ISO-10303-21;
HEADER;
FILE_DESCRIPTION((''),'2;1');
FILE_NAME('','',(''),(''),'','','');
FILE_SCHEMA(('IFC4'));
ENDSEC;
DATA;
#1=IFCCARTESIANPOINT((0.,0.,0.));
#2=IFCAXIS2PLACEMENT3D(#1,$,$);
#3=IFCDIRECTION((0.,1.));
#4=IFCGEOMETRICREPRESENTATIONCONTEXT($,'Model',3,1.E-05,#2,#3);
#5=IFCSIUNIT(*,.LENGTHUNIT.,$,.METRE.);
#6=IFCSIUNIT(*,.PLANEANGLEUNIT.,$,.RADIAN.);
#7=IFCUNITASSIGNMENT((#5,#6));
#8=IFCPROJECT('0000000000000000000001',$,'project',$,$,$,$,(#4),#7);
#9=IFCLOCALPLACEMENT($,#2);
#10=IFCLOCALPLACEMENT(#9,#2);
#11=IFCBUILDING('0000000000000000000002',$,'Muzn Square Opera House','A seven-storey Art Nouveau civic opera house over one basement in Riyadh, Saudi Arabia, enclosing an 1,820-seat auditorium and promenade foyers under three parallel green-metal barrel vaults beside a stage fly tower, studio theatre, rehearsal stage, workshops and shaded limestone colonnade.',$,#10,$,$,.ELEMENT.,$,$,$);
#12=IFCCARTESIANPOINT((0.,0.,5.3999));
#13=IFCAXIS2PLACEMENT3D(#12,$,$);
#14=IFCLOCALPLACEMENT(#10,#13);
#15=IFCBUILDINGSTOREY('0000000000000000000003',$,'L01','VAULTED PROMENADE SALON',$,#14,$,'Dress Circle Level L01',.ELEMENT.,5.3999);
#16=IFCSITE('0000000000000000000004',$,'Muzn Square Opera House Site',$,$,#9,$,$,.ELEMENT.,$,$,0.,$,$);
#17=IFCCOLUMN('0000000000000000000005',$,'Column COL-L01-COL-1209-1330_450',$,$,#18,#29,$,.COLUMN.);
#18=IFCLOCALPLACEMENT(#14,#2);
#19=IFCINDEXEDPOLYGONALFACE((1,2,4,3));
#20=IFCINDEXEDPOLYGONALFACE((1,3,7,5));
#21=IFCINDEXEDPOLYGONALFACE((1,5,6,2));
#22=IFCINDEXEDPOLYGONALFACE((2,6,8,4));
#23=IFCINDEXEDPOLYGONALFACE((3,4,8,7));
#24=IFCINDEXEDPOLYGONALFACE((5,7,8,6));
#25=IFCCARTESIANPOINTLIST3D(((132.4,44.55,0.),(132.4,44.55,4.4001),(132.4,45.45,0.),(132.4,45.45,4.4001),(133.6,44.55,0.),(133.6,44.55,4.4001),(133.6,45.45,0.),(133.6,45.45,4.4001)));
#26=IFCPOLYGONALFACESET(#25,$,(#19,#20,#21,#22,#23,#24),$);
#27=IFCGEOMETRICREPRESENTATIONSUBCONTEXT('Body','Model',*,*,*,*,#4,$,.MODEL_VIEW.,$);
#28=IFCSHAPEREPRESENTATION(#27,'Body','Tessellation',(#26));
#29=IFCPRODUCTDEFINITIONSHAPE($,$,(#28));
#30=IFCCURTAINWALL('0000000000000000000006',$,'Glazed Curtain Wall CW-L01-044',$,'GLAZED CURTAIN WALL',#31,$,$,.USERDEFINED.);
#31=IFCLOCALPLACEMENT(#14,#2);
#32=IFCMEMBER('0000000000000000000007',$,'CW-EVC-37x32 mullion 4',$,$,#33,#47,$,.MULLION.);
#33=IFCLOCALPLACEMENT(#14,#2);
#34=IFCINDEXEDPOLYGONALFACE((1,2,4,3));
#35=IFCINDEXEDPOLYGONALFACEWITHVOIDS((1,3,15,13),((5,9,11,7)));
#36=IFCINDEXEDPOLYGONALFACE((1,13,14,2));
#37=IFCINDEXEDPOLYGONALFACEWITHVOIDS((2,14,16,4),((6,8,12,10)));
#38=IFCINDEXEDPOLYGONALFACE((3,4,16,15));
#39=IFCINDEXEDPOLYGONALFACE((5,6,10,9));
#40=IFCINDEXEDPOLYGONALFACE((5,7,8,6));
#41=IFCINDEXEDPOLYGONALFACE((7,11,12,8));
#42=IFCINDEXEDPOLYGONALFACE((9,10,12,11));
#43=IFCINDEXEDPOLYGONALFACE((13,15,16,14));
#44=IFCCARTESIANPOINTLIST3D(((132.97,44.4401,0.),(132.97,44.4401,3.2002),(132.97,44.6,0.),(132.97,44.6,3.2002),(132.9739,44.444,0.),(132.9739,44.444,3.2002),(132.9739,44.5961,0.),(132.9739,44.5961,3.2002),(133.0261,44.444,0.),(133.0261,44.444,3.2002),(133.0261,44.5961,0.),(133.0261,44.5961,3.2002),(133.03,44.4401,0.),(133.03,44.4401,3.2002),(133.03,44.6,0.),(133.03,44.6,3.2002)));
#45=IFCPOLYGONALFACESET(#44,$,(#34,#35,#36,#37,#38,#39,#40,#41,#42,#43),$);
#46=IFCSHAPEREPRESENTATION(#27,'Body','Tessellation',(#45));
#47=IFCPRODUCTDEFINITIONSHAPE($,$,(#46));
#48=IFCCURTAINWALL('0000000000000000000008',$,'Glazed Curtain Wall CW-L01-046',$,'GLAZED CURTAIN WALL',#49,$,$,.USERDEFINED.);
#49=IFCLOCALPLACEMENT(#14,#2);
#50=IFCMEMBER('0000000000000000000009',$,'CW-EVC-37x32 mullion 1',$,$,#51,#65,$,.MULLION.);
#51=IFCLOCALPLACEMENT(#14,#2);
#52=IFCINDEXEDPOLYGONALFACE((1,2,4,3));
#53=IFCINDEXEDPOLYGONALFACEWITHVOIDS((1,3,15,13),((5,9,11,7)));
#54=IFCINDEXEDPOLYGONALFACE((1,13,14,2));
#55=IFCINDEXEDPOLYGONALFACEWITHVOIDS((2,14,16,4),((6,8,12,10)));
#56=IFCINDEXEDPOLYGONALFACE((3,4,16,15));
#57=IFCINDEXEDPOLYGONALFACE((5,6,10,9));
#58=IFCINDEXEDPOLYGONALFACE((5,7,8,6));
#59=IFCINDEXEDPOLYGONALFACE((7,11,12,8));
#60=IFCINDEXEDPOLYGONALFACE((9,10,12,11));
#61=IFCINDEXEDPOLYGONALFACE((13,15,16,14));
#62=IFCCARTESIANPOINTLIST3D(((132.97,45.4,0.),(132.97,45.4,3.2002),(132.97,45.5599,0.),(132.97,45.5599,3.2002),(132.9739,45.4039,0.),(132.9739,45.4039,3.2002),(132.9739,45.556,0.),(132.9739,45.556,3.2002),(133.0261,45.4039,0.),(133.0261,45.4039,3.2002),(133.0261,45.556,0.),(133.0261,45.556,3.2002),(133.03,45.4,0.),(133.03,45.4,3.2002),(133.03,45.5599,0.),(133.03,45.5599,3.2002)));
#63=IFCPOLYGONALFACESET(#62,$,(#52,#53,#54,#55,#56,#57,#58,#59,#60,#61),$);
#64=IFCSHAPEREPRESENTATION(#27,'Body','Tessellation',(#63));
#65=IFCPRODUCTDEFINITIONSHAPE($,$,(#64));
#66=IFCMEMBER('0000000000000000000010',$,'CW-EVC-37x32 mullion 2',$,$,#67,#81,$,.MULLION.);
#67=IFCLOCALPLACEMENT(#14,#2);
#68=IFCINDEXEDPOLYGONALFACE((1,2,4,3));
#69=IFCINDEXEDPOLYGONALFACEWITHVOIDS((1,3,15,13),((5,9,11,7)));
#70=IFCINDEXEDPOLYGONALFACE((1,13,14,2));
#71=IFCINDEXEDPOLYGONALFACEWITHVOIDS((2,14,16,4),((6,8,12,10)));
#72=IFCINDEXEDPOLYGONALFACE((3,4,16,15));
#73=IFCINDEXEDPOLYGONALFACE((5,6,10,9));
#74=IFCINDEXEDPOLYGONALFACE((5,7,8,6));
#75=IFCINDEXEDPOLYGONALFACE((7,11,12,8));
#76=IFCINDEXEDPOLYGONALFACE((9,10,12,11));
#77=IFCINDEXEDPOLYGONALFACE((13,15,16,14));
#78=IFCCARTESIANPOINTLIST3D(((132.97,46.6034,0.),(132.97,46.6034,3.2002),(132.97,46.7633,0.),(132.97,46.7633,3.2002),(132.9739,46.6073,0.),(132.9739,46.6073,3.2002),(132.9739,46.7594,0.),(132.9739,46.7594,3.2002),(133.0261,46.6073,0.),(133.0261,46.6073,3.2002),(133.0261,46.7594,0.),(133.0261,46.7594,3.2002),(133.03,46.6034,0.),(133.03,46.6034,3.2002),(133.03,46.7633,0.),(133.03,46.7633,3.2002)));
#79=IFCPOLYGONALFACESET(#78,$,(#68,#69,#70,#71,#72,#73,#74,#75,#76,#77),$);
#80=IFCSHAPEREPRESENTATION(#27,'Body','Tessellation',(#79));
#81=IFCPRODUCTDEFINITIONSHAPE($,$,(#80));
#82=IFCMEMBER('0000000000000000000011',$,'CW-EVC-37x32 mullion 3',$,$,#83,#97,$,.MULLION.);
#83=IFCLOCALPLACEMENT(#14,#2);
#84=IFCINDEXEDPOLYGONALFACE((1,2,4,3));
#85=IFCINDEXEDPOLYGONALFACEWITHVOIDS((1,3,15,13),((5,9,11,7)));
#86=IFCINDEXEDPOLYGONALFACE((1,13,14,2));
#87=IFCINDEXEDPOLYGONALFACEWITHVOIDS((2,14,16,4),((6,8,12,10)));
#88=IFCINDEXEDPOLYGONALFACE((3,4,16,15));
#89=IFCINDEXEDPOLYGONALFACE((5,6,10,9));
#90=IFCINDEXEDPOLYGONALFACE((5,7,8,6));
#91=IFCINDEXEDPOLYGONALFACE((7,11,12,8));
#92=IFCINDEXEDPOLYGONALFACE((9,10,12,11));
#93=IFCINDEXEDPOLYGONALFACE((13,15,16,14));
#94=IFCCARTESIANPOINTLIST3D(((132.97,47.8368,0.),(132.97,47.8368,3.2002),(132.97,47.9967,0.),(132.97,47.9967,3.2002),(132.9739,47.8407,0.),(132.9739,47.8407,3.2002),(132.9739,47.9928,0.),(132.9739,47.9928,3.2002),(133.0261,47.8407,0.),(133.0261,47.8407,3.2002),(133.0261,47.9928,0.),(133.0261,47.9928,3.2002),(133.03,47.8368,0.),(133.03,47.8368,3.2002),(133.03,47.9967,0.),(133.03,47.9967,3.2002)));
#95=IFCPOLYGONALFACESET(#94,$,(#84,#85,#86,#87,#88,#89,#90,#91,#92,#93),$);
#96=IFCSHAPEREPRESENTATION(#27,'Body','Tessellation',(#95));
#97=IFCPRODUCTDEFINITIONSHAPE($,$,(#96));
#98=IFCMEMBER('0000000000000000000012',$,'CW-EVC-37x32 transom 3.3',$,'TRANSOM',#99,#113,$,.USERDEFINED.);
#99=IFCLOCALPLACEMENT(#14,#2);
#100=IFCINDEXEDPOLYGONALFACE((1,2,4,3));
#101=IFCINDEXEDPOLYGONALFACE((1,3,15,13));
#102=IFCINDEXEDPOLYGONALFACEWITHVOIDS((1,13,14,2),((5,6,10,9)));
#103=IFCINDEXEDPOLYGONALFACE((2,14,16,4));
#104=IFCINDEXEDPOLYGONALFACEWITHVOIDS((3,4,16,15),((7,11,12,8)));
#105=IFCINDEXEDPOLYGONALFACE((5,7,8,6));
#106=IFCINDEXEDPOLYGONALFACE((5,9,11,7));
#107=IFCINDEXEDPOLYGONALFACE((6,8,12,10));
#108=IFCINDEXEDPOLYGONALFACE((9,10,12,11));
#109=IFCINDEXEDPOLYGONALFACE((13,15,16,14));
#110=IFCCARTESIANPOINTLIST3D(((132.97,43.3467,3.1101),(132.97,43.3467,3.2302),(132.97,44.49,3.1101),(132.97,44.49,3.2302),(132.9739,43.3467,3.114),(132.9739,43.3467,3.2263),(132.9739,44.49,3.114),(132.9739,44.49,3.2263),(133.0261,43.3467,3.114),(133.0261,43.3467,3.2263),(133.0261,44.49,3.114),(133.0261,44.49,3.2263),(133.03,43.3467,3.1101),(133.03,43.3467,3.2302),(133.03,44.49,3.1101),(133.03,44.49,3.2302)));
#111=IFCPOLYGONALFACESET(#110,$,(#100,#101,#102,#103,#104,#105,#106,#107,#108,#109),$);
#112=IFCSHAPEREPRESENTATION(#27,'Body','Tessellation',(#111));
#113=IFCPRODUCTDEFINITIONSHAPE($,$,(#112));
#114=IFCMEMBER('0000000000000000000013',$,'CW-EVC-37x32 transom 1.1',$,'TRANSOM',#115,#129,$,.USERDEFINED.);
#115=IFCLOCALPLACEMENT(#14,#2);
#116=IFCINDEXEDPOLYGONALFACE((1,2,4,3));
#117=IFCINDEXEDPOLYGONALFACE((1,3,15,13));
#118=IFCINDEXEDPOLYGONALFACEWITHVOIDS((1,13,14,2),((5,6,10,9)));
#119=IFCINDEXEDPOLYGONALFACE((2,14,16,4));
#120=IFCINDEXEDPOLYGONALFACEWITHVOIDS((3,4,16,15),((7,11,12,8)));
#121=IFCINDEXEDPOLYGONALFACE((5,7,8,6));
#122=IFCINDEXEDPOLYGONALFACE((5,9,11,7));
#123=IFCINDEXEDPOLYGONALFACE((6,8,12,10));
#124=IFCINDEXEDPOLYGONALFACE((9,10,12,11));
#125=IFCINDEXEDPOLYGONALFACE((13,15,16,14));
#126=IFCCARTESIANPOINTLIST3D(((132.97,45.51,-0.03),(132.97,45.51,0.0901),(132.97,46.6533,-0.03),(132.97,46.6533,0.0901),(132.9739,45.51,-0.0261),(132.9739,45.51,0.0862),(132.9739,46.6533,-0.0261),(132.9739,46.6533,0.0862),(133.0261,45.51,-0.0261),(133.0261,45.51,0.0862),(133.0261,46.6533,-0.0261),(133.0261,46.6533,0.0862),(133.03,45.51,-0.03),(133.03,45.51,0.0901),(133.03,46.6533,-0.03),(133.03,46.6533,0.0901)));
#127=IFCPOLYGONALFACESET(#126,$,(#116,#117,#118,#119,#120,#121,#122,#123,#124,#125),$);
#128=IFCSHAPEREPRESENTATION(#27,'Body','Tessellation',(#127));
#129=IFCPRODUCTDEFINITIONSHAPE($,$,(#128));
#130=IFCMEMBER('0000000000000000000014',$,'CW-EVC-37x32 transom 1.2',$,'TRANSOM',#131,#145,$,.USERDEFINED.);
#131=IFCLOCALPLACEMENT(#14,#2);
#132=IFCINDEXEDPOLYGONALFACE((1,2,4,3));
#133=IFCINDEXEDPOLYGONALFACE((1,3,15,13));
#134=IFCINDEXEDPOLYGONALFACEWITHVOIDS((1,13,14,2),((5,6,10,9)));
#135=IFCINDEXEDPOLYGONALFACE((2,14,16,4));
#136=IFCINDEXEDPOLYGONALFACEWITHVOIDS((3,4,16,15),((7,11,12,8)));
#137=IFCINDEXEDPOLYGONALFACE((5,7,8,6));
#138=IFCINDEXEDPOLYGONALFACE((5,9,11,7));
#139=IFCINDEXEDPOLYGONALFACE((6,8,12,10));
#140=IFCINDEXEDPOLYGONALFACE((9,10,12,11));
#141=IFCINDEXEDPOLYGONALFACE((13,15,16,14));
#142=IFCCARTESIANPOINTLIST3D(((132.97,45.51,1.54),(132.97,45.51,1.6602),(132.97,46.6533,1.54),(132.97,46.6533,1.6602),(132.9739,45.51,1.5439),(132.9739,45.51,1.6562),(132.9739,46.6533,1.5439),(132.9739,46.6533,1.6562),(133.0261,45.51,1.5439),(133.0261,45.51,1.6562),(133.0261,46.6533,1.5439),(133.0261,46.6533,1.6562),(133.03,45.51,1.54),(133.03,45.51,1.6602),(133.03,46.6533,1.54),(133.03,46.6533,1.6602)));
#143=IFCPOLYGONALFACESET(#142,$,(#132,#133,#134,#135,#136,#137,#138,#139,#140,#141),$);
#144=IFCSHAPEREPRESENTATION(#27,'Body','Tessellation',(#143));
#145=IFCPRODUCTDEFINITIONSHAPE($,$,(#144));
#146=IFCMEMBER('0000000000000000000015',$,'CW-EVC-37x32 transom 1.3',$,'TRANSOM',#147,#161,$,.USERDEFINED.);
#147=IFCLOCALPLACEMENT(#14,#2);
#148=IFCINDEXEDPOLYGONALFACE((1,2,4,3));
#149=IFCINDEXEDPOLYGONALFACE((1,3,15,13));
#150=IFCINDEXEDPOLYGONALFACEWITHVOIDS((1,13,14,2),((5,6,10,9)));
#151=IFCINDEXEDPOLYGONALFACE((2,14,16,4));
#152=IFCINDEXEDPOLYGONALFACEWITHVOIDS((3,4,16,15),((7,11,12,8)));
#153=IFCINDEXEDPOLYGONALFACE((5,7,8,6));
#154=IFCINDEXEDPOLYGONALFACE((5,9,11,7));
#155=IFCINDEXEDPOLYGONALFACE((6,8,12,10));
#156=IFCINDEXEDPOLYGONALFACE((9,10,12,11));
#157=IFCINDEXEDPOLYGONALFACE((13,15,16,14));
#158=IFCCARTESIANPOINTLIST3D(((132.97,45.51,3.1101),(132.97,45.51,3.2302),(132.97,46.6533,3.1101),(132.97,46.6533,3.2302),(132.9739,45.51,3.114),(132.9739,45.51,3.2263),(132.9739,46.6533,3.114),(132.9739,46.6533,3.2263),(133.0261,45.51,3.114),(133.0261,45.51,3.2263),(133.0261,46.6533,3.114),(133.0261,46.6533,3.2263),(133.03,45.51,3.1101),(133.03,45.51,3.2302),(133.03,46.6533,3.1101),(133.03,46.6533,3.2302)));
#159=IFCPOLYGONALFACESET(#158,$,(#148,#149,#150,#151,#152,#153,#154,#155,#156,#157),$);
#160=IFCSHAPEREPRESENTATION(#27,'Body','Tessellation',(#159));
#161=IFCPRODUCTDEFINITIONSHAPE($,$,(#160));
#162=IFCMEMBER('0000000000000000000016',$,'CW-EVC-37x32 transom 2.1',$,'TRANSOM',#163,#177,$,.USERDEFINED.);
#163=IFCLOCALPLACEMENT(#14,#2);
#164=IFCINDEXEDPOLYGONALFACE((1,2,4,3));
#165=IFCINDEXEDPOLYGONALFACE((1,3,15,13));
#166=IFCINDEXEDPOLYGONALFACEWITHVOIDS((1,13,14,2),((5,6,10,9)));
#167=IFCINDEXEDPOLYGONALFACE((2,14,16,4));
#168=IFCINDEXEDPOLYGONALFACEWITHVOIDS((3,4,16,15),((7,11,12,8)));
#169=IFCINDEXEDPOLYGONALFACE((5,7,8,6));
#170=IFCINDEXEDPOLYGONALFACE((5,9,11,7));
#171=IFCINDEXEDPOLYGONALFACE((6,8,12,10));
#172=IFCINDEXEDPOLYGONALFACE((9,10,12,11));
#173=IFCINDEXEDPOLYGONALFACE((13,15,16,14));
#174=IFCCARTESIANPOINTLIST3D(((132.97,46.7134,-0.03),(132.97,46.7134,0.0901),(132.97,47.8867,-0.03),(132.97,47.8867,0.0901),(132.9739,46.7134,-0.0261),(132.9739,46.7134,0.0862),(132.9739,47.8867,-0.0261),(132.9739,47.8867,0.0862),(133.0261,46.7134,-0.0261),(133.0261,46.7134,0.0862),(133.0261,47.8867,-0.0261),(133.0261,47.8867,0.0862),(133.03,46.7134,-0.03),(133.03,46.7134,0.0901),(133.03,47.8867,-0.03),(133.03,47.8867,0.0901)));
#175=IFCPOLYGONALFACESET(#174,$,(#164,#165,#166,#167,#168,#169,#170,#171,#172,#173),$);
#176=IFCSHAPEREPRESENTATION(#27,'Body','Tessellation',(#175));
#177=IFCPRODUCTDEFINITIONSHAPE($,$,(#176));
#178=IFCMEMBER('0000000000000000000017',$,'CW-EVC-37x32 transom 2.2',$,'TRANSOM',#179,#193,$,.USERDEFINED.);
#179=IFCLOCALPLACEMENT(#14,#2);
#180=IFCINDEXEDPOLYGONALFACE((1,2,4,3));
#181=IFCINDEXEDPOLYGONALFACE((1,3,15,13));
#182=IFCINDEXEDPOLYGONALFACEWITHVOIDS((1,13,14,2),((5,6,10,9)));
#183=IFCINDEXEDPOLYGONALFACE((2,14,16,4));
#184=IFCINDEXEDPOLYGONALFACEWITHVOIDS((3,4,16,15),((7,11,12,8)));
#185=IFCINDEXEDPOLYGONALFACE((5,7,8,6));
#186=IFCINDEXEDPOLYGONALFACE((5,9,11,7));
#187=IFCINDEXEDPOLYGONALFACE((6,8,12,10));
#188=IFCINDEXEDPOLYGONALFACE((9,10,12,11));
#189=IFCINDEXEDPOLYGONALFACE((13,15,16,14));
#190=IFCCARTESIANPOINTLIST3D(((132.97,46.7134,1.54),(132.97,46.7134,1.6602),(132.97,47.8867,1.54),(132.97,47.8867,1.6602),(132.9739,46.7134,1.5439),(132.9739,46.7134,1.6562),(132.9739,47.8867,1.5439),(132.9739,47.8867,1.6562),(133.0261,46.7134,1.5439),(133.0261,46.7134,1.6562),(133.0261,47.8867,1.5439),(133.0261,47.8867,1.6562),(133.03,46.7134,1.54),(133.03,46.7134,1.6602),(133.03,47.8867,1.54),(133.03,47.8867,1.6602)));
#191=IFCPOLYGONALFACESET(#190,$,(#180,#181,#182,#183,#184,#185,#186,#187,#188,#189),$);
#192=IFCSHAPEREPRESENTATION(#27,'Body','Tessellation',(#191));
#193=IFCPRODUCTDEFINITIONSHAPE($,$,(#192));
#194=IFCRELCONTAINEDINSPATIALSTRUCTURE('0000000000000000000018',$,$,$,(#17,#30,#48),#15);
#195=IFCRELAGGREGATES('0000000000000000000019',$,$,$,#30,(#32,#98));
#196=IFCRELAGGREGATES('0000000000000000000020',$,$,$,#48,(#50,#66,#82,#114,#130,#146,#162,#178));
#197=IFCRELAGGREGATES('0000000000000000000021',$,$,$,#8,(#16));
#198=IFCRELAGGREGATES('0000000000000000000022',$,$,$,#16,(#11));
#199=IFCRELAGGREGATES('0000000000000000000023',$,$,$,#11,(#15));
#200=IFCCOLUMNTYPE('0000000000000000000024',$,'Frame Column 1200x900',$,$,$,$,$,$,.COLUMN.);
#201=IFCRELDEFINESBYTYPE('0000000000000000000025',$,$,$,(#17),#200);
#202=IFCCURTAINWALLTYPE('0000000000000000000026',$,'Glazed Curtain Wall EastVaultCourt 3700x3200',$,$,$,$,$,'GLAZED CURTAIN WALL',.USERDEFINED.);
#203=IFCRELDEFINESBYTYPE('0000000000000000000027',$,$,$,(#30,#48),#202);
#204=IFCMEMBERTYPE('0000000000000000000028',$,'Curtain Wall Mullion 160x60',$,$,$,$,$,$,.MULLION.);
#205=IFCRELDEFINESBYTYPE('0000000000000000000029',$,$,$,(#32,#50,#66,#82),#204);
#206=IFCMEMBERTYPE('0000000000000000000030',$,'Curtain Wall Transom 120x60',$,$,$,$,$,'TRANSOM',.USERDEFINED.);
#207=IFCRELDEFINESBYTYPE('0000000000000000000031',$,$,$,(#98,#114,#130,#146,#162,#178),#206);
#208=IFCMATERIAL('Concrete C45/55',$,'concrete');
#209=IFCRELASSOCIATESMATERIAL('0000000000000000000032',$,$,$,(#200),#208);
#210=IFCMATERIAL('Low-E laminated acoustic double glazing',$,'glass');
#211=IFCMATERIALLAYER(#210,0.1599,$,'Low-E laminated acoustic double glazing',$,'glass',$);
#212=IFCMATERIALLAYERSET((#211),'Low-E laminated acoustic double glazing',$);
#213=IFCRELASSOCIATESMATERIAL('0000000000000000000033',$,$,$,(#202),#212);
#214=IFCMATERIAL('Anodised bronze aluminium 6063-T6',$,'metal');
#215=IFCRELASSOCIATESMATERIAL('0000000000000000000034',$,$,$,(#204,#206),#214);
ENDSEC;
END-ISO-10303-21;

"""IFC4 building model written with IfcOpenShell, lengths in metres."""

from ifc_helpers import new_model, si_unit, direction, frame, origin, origin_2d, place, context, subcontext, project, spatial, rectangle, hollow_rectangle, extrude, material, layer, layer_set, material_profile, profile_set, type_object, element, aggregate, save


model = new_model("IFC4")

# Units and contexts
model_context = context("Model", 3, precision=1e-05, world=origin(), true_north=direction((0.0, 1.0)))
body_context = subcontext(model_context, "Body", "Model", "MODEL_VIEW")
ifc_project = project(units=[si_unit("LENGTHUNIT", "METRE"), si_unit("PLANEANGLEUNIT", "RADIAN")], contexts=[model_context])

# Site, building, storey
site_placement = place(None, origin())
site = spatial("IfcSite", under=ifc_project, at=site_placement, Name="Muzn Square Opera House Site", CompositionType="ELEMENT", RefElevation=0.0)
building_placement = place(site_placement, origin())
building = spatial("IfcBuilding", under=site, at=building_placement, Name="Muzn Square Opera House", Description="A seven-storey Art Nouveau civic opera house over one basement in Riyadh, Saudi Arabia, enclosing an 1,820-seat auditorium and promenade foyers under three parallel green-metal barrel vaults beside a stage fly tower, studio theatre, rehearsal stage, workshops and shaded limestone colonnade.", CompositionType="ELEMENT")
storey_placement = place(building_placement, frame((0.0, 0.0, 5.3999)))
storey = spatial("IfcBuildingStorey", under=building, at=storey_placement, Name="L01", Description="VAULTED PROMENADE SALON", LongName="Dress Circle Level L01", CompositionType="ELEMENT", Elevation=5.3999)

# Column
ifc_material_1 = material(Name="Concrete C45/55", Category="concrete")
ifc_material_profile_1 = material_profile(ifc_material_1, rectangle(XDim=1.2, YDim=0.8999, at=origin_2d()), Name="RC 1200x900", Category="concrete")
ifc_profile_set_1 = profile_set([ifc_material_profile_1], Name="Concrete C45/55")
column_type = type_object("IfcColumnType", Name="Frame Column 1200x900", PredefinedType="COLUMN", material=ifc_profile_set_1)
column_placement = place(storey_placement, frame((133.0, 45.0, 0.0), z_axis=(0.0, 0.0, 1.0), x_axis=(1.0, 0.0, 0.0)))
element("IfcColumn", 1, at=column_placement, inside=storey, type_object=column_type, Name="Column COL-L01-COL-1209-1330_450", PredefinedType="COLUMN", context=body_context, shape_type="SweptSolid", body=[
    extrude(rectangle(XDim=1.2, YDim=0.8999, at=origin_2d()), origin(), (0.0, 0.0, 1.0), 4.4001),
])

# Curtain wall, member
ifc_material_2 = material(Name="Low-E laminated acoustic double glazing", Category="glass")
ifc_layer_1 = layer(ifc_material_2, 0.1599, Name="Low-E laminated acoustic double glazing", Category="glass")
ifc_layer_set_1 = layer_set([ifc_layer_1], Name="Low-E laminated acoustic double glazing")
curtain_wall_type = type_object("IfcCurtainWallType", Name="Glazed Curtain Wall EastVaultCourt 3700x3200", ElementType="GLAZED CURTAIN WALL", PredefinedType="USERDEFINED", material=ifc_layer_set_1)
curtain_wall_1_placement = place(storey_placement, origin())
curtain_wall_1 = element("IfcCurtainWall", 2, at=curtain_wall_1_placement, inside=storey, type_object=curtain_wall_type, Name="Glazed Curtain Wall CW-L01-044", ObjectType="GLAZED CURTAIN WALL", PredefinedType="USERDEFINED")
ifc_material_3 = material(Name="Anodised bronze aluminium 6063-T6", Category="metal")
ifc_material_profile_2 = material_profile(ifc_material_3, hollow_rectangle(XDim=0.0601, YDim=0.1599, WallThickness=0.0039, at=origin_2d()), Name="ALU 160x60x4", Category="metal")
ifc_profile_set_2 = profile_set([ifc_material_profile_2], Name="Anodised bronze aluminium 6063-T6")
member_type_1 = type_object("IfcMemberType", Name="Curtain Wall Mullion 160x60", PredefinedType="MULLION", material=ifc_profile_set_2)
member_1_placement = place(storey_placement, frame((133.0, 44.52, 0.0), z_axis=(0.0, 0.0, 1.0), x_axis=(-1.0, 0.0, 0.0)))
member_1 = element("IfcMember", 3, at=member_1_placement, type_object=member_type_1, Name="CW-EVC-37x32 mullion 4", PredefinedType="MULLION", context=body_context, shape_type="SweptSolid", body=[
    extrude(hollow_rectangle(XDim=0.0601, YDim=0.1599, WallThickness=0.0039, at=origin_2d()), origin(), (0.0, 0.0, 1.0), 3.2002),
])

# Curtain wall, members
curtain_wall_2_placement = place(storey_placement, origin())
curtain_wall_2 = element("IfcCurtainWall", 4, at=curtain_wall_2_placement, inside=storey, type_object=curtain_wall_type, Name="Glazed Curtain Wall CW-L01-046", ObjectType="GLAZED CURTAIN WALL", PredefinedType="USERDEFINED")
member_2_placement = place(storey_placement, frame((133.0, 45.48, 0.0), z_axis=(0.0, 0.0, 1.0), x_axis=(-1.0, 0.0, 0.0)))
member_2 = element("IfcMember", 5, at=member_2_placement, type_object=member_type_1, Name="CW-EVC-37x32 mullion 1", PredefinedType="MULLION", context=body_context, shape_type="SweptSolid", body=[
    extrude(hollow_rectangle(XDim=0.0601, YDim=0.1599, WallThickness=0.0039, at=origin_2d()), origin(), (0.0, 0.0, 1.0), 3.2002),
])
member_3_placement = place(storey_placement, frame((133.0, 46.6833, 0.0), z_axis=(0.0, 0.0, 1.0), x_axis=(-1.0, 0.0, 0.0)))
member_3 = element("IfcMember", 6, at=member_3_placement, type_object=member_type_1, Name="CW-EVC-37x32 mullion 2", PredefinedType="MULLION", context=body_context, shape_type="SweptSolid", body=[
    extrude(hollow_rectangle(XDim=0.0601, YDim=0.1599, WallThickness=0.0039, at=origin_2d()), origin(), (0.0, 0.0, 1.0), 3.2002),
])
member_4_placement = place(storey_placement, frame((133.0, 47.9167, 0.0), z_axis=(0.0, 0.0, 1.0), x_axis=(-1.0, 0.0, 0.0)))
member_4 = element("IfcMember", 7, at=member_4_placement, type_object=member_type_1, Name="CW-EVC-37x32 mullion 3", PredefinedType="MULLION", context=body_context, shape_type="SweptSolid", body=[
    extrude(hollow_rectangle(XDim=0.0601, YDim=0.1599, WallThickness=0.0039, at=origin_2d()), origin(), (0.0, 0.0, 1.0), 3.2002),
])

# Members
ifc_material_profile_3 = material_profile(ifc_material_3, hollow_rectangle(XDim=0.0601, YDim=0.1201, WallThickness=0.0039, at=origin_2d()), Name="ALU 120x60x4", Category="metal")
ifc_profile_set_3 = profile_set([ifc_material_profile_3], Name="Anodised bronze aluminium 6063-T6")
member_type_2 = type_object("IfcMemberType", Name="Curtain Wall Transom 120x60", ElementType="TRANSOM", PredefinedType="USERDEFINED", material=ifc_profile_set_3)
member_5_placement = place(storey_placement, frame((133.0, 43.3467, 3.1702), z_axis=(0.0, 1.0, 0.0), x_axis=(-1.0, 0.0, 0.0)))
member_5 = element("IfcMember", 8, at=member_5_placement, type_object=member_type_2, Name="CW-EVC-37x32 transom 3.3", ObjectType="TRANSOM", PredefinedType="USERDEFINED", context=body_context, shape_type="SweptSolid", body=[
    extrude(hollow_rectangle(XDim=0.0601, YDim=0.1201, WallThickness=0.0039, at=origin_2d()), origin(), (0.0, 0.0, 1.0), 1.1433),
])
member_6_placement = place(storey_placement, frame((133.0, 45.51, 0.03), z_axis=(0.0, 1.0, 0.0), x_axis=(-1.0, 0.0, 0.0)))
member_6 = element("IfcMember", 9, at=member_6_placement, type_object=member_type_2, Name="CW-EVC-37x32 transom 1.1", ObjectType="TRANSOM", PredefinedType="USERDEFINED", context=body_context, shape_type="SweptSolid", body=[
    extrude(hollow_rectangle(XDim=0.0601, YDim=0.1201, WallThickness=0.0039, at=origin_2d()), origin(), (0.0, 0.0, 1.0), 1.1433),
])
member_7_placement = place(storey_placement, frame((133.0, 45.51, 1.6001), z_axis=(0.0, 1.0, 0.0), x_axis=(-1.0, 0.0, 0.0)))
member_7 = element("IfcMember", 10, at=member_7_placement, type_object=member_type_2, Name="CW-EVC-37x32 transom 1.2", ObjectType="TRANSOM", PredefinedType="USERDEFINED", context=body_context, shape_type="SweptSolid", body=[
    extrude(hollow_rectangle(XDim=0.0601, YDim=0.1201, WallThickness=0.0039, at=origin_2d()), origin(), (0.0, 0.0, 1.0), 1.1433),
])
member_8_placement = place(storey_placement, frame((133.0, 45.51, 3.1702), z_axis=(0.0, 1.0, 0.0), x_axis=(-1.0, 0.0, 0.0)))
member_8 = element("IfcMember", 11, at=member_8_placement, type_object=member_type_2, Name="CW-EVC-37x32 transom 1.3", ObjectType="TRANSOM", PredefinedType="USERDEFINED", context=body_context, shape_type="SweptSolid", body=[
    extrude(hollow_rectangle(XDim=0.0601, YDim=0.1201, WallThickness=0.0039, at=origin_2d()), origin(), (0.0, 0.0, 1.0), 1.1433),
])
member_9_placement = place(storey_placement, frame((133.0, 46.7134, 0.03), z_axis=(0.0, 1.0, 0.0), x_axis=(-1.0, 0.0, 0.0)))
member_9 = element("IfcMember", 12, at=member_9_placement, type_object=member_type_2, Name="CW-EVC-37x32 transom 2.1", ObjectType="TRANSOM", PredefinedType="USERDEFINED", context=body_context, shape_type="SweptSolid", body=[
    extrude(hollow_rectangle(XDim=0.0601, YDim=0.1201, WallThickness=0.0039, at=origin_2d()), origin(), (0.0, 0.0, 1.0), 1.1733),
])
member_10_placement = place(storey_placement, frame((133.0, 46.7134, 1.6001), z_axis=(0.0, 1.0, 0.0), x_axis=(-1.0, 0.0, 0.0)))
member_10 = element("IfcMember", 13, at=member_10_placement, type_object=member_type_2, Name="CW-EVC-37x32 transom 2.2", ObjectType="TRANSOM", PredefinedType="USERDEFINED", context=body_context, shape_type="SweptSolid", body=[
    extrude(hollow_rectangle(XDim=0.0601, YDim=0.1201, WallThickness=0.0039, at=origin_2d()), origin(), (0.0, 0.0, 1.0), 1.1733),
])

aggregate(curtain_wall_1, [member_1, member_5])
aggregate(curtain_wall_2, [member_2, member_3, member_4, member_6, member_7, member_8, member_9, member_10])

save(model, "model.ifc")
